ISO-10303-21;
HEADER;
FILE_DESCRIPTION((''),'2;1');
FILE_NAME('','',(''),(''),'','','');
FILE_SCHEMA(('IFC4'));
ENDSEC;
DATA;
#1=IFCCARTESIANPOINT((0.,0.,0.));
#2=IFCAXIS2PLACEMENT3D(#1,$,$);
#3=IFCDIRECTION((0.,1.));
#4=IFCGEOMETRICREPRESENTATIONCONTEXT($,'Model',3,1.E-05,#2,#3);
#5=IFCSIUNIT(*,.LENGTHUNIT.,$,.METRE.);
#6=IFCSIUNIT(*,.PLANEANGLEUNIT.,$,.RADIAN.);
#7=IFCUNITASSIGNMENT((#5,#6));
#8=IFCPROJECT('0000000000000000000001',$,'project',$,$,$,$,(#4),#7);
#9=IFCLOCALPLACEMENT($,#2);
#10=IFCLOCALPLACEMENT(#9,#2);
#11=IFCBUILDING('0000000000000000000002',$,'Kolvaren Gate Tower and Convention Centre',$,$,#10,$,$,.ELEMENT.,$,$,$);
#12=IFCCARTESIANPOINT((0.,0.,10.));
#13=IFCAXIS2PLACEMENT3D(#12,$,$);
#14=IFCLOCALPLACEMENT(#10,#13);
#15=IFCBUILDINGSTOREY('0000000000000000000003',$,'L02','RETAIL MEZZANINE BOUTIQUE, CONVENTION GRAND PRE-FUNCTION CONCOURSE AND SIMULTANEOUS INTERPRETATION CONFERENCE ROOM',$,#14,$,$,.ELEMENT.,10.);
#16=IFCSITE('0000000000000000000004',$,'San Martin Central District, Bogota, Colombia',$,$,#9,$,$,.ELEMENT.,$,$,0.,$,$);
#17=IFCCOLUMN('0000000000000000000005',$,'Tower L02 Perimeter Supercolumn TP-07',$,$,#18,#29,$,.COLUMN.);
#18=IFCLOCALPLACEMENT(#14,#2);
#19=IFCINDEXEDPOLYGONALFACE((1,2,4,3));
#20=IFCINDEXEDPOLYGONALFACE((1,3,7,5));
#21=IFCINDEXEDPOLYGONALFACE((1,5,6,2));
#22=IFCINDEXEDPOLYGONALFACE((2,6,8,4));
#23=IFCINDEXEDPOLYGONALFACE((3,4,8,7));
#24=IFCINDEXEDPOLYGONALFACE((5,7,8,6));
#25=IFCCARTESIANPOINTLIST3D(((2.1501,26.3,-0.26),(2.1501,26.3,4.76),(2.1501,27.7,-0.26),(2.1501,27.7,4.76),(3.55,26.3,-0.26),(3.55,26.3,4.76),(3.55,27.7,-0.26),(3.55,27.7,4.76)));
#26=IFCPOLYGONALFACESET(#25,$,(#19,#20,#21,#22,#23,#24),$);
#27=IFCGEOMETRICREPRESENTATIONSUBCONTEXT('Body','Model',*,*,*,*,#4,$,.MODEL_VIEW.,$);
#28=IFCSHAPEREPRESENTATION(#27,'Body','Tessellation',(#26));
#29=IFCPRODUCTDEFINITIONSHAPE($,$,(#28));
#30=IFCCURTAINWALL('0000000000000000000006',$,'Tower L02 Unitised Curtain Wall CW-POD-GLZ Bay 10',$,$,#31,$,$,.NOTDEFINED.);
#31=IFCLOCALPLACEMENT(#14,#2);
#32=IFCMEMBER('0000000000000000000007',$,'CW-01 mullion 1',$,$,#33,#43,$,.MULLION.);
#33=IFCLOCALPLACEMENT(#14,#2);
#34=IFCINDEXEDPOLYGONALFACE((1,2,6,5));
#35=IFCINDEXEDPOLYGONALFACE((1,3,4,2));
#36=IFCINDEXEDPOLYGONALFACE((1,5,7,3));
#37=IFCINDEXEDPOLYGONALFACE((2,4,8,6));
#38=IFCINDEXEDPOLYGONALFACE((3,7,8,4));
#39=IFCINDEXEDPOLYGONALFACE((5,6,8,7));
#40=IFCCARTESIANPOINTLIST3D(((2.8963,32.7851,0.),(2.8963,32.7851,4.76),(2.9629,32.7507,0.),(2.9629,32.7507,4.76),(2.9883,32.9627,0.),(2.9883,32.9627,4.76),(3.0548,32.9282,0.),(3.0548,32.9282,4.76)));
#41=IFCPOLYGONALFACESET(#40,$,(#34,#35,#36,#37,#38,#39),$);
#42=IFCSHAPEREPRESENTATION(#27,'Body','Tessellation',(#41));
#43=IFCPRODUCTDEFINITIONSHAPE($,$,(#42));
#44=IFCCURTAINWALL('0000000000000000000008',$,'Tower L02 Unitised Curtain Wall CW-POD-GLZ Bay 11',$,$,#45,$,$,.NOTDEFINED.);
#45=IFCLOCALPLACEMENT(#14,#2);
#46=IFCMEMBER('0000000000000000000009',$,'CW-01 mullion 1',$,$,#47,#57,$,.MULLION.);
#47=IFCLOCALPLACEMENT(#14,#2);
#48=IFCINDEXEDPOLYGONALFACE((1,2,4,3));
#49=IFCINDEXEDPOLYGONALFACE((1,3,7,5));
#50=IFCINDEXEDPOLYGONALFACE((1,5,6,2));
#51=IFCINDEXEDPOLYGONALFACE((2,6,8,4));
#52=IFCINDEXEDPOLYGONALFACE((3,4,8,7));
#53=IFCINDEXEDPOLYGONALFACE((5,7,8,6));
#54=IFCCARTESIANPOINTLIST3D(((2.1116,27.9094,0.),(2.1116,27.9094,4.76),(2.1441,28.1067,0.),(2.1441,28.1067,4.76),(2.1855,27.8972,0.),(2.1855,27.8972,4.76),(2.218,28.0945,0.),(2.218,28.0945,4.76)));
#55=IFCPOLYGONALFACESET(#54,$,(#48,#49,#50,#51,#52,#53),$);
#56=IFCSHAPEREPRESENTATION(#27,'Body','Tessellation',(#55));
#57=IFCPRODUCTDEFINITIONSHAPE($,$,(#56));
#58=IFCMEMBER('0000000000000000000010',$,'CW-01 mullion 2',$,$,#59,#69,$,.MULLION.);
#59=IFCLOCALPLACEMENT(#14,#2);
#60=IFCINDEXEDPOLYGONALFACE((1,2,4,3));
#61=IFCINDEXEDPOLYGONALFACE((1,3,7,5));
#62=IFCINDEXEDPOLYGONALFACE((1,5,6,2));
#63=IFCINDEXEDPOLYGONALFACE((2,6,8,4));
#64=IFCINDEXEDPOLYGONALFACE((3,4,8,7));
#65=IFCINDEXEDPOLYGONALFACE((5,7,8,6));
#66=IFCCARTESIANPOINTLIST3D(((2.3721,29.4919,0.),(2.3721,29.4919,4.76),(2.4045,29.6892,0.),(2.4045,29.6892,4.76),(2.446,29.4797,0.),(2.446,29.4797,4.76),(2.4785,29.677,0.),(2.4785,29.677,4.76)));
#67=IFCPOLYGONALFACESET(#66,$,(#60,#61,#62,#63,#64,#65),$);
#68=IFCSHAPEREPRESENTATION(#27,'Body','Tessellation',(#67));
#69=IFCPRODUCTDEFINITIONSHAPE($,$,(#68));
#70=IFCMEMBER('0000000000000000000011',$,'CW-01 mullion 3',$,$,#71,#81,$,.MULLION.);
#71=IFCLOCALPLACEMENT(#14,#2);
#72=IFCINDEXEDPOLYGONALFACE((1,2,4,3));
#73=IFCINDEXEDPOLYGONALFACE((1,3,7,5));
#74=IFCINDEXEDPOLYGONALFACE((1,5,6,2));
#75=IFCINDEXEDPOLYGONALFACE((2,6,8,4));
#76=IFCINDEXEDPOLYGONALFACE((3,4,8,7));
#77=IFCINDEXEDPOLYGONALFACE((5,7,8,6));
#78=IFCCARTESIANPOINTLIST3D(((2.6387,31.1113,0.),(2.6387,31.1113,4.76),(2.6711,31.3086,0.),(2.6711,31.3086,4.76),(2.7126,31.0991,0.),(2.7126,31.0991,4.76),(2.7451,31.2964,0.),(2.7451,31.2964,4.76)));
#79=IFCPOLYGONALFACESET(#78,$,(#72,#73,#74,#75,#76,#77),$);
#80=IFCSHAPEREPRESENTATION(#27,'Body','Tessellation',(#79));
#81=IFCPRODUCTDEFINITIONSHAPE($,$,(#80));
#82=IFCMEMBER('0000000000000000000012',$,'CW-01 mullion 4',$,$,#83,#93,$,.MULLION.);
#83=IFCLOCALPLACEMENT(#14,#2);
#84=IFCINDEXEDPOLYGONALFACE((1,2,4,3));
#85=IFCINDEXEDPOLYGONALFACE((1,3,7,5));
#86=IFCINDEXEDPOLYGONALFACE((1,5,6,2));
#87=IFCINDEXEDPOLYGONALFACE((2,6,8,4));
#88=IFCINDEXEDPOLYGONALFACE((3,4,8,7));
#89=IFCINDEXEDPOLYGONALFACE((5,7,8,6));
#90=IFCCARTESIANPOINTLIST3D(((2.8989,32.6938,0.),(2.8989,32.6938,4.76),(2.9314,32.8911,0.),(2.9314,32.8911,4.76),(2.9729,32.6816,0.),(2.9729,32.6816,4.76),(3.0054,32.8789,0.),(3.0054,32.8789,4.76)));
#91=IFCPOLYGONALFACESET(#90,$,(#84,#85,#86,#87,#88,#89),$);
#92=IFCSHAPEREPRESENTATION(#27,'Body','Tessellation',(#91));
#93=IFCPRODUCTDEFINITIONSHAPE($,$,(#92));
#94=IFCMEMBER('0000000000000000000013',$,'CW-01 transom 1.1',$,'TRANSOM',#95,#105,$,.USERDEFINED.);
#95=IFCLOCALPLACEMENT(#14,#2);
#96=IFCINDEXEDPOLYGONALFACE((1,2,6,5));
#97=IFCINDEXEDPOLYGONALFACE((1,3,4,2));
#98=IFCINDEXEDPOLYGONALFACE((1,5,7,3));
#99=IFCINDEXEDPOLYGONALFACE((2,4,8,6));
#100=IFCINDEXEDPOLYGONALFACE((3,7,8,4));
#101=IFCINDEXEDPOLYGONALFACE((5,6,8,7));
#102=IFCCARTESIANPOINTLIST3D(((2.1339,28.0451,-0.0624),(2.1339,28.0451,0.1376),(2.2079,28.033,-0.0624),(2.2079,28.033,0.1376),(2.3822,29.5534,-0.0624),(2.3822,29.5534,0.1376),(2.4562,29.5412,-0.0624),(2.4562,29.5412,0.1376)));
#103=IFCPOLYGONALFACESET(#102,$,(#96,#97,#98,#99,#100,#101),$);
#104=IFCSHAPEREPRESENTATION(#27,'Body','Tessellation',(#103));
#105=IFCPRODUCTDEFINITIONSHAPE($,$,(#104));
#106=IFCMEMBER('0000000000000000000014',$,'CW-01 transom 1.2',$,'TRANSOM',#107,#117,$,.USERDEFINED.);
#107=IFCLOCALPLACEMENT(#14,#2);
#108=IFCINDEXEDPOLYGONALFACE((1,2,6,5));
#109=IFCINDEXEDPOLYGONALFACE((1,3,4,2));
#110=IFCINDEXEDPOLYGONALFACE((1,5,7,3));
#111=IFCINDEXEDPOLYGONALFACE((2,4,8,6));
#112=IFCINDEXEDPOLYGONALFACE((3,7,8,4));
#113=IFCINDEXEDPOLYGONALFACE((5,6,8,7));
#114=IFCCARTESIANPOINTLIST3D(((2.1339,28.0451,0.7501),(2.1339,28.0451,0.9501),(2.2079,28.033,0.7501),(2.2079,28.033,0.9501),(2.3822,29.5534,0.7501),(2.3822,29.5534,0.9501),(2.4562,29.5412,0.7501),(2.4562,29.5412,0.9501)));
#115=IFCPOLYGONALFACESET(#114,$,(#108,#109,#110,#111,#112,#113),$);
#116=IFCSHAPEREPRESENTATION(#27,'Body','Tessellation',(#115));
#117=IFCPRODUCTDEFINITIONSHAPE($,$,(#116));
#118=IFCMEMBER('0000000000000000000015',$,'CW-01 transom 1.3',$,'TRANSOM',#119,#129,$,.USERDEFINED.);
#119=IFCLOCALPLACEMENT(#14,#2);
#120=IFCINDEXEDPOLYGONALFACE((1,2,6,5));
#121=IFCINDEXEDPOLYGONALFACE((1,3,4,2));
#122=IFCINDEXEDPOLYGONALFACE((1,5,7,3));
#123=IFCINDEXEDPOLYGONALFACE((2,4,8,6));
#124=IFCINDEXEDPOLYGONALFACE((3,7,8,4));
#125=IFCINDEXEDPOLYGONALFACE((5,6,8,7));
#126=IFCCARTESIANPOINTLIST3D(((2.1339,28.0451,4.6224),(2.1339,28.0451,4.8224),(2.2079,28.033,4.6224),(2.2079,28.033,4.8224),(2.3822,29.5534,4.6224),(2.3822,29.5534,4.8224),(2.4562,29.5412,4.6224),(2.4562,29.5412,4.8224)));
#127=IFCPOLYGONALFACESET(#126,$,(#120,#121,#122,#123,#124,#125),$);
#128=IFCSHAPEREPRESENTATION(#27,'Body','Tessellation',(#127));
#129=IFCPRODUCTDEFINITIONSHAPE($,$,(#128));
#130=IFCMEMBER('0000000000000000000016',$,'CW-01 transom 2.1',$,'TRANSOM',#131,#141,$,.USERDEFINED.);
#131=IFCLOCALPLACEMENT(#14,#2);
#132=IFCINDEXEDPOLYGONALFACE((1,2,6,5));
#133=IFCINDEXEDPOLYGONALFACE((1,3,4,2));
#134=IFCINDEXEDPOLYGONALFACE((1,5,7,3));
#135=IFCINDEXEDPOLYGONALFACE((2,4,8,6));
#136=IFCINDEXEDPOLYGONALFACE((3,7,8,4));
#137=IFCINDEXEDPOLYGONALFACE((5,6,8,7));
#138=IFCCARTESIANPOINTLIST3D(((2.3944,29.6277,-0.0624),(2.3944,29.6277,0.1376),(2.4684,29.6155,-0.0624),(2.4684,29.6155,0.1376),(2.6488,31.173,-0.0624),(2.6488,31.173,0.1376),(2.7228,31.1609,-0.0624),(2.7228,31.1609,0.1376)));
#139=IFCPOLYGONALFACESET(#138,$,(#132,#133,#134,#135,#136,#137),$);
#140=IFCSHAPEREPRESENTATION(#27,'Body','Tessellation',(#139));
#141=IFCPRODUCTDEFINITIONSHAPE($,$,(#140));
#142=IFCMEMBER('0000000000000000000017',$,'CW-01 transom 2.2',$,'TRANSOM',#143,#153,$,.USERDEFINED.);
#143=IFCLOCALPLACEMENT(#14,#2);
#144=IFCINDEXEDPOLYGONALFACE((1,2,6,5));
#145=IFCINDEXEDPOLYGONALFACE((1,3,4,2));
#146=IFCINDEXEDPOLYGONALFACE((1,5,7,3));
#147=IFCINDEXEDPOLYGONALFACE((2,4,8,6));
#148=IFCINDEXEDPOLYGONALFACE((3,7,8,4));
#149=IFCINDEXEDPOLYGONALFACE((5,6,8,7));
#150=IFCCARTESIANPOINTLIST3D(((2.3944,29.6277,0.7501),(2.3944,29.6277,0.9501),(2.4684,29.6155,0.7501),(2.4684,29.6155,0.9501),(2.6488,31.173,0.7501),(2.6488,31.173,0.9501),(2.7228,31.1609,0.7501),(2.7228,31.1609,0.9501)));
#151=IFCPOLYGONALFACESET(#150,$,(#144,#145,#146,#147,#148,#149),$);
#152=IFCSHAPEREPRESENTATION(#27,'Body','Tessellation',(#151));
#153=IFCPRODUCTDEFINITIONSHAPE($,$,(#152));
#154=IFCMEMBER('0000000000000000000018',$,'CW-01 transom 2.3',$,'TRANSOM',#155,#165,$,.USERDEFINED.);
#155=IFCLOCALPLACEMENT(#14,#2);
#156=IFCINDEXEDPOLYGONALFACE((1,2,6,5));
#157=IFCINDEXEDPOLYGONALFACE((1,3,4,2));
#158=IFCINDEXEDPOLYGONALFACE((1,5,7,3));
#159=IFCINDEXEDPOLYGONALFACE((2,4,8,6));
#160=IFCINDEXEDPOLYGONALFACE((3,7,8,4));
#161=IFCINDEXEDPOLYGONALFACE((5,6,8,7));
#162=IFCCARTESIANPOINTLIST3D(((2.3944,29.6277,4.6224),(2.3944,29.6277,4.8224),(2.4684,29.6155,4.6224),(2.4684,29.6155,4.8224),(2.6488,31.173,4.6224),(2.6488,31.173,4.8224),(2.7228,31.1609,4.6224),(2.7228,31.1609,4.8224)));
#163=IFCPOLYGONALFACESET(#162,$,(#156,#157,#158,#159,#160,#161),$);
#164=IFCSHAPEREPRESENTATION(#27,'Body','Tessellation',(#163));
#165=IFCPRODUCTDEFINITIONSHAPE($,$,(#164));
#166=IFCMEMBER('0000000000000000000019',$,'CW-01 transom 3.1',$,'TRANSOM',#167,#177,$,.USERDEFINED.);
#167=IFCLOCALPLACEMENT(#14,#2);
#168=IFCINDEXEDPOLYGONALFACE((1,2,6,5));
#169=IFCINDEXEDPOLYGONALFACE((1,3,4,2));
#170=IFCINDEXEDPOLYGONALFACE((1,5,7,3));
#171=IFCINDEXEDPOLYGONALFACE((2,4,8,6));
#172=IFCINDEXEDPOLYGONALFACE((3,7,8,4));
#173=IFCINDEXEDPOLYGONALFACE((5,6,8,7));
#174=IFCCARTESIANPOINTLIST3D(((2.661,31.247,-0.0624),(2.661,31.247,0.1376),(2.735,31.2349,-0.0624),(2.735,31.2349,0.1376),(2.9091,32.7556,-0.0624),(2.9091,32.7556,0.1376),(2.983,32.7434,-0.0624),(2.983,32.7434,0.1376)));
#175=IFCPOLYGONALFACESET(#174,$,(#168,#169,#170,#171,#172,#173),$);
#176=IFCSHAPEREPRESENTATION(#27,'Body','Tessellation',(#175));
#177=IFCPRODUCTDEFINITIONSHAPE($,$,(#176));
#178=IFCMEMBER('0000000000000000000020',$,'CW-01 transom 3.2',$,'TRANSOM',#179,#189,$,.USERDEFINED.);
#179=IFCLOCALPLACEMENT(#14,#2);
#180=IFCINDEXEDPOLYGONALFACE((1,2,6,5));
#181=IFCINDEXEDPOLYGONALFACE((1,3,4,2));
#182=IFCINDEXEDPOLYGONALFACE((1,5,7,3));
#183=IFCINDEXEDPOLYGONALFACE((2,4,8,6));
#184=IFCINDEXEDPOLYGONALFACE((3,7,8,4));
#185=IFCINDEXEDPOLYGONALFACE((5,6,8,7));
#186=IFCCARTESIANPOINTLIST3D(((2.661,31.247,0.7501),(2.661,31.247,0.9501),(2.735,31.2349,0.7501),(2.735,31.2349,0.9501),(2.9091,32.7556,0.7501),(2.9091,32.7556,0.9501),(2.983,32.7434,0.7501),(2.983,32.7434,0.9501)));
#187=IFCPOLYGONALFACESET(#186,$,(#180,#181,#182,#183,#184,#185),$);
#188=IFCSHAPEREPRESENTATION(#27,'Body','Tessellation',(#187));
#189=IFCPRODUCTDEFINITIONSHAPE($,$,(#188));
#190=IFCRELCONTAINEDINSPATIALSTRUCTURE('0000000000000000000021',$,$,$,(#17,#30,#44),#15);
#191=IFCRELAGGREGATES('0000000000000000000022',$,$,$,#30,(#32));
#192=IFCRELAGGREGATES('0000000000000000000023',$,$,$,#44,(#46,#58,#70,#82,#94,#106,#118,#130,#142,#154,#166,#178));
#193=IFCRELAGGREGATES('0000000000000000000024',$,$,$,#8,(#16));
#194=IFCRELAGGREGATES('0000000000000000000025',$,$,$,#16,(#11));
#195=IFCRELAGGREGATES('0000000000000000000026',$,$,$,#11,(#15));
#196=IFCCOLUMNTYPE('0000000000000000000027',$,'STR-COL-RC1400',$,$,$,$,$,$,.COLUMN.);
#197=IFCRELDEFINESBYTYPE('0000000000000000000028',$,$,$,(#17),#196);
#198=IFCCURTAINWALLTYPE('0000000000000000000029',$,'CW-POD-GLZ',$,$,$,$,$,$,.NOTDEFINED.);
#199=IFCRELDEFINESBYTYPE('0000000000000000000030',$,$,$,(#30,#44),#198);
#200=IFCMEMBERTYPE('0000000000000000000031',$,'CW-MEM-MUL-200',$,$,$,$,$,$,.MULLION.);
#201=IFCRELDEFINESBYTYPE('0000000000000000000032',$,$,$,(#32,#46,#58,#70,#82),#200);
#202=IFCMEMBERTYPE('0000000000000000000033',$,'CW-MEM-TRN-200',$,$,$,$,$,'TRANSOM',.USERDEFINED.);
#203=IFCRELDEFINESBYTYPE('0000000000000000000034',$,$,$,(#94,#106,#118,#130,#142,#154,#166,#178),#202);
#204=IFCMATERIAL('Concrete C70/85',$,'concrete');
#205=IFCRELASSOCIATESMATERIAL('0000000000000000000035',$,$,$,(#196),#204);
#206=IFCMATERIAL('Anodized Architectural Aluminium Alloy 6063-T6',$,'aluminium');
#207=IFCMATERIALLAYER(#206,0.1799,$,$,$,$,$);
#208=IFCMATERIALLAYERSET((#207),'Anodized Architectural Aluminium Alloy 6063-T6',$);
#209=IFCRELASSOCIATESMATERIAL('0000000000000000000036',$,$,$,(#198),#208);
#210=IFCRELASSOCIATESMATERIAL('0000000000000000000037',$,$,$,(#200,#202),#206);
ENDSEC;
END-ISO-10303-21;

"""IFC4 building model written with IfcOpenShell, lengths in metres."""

from ifc_helpers import new_model, si_unit, direction, frame, origin, origin_2d, place, context, subcontext, project, spatial, rectangle, extrude, material, layer, layer_set, material_profile, profile_set, type_object, element, aggregate, save


model = new_model("IFC4")

# Units and contexts
model_context = context("Model", 3, precision=1e-05, world=origin(), true_north=direction((0.0, 1.0)))
body_context = subcontext(model_context, "Body", "Model", "MODEL_VIEW")
ifc_project = project(units=[si_unit("LENGTHUNIT", "METRE"), si_unit("PLANEANGLEUNIT", "RADIAN")], contexts=[model_context])

# Site, building, storey
site_placement = place(None, origin())
site = spatial("IfcSite", under=ifc_project, at=site_placement, Name="San Martin Central District, Bogota, Colombia", CompositionType="ELEMENT", RefElevation=0.0)
building_placement = place(site_placement, origin())
building = spatial("IfcBuilding", under=site, at=building_placement, Name="Kolvaren Gate Tower and Convention Centre", CompositionType="ELEMENT")
storey_placement = place(building_placement, frame((0.0, 0.0, 10.0)))
storey = spatial("IfcBuildingStorey", under=building, at=storey_placement, Name="L02", Description="RETAIL MEZZANINE BOUTIQUE, CONVENTION GRAND PRE-FUNCTION CONCOURSE AND SIMULTANEOUS INTERPRETATION CONFERENCE ROOM", CompositionType="ELEMENT", Elevation=10.0)

# Column
ifc_material_1 = material(Name="Concrete C70/85", Category="concrete")
ifc_material_profile_1 = material_profile(ifc_material_1, rectangle(XDim=1.3999, YDim=1.3999, at=origin_2d()), Name="RC-COL-1400X1400")
ifc_profile_set_1 = profile_set([ifc_material_profile_1], Name="Concrete C70/85")
column_type = type_object("IfcColumnType", Name="STR-COL-RC1400", PredefinedType="COLUMN", material=ifc_profile_set_1)
column_placement = place(storey_placement, frame((2.8501, 27.0, -0.26), z_axis=(0.0, 0.0, 1.0), x_axis=(1.0, 0.0, 0.0)))
element("IfcColumn", 1, at=column_placement, inside=storey, type_object=column_type, Name="Tower L02 Perimeter Supercolumn TP-07", PredefinedType="COLUMN", context=body_context, shape_type="SweptSolid", body=[
    extrude(rectangle(XDim=1.3999, YDim=1.3999, at=origin_2d()), origin(), (0.0, 0.0, 1.0), 5.02),
])

# Curtain wall, member
ifc_material_2 = material(Name="Anodized Architectural Aluminium Alloy 6063-T6", Category="aluminium")
ifc_layer_1 = layer(ifc_material_2, 0.1799)
ifc_layer_set_1 = layer_set([ifc_layer_1], Name="Anodized Architectural Aluminium Alloy 6063-T6")
curtain_wall_type = type_object("IfcCurtainWallType", Name="CW-POD-GLZ", PredefinedType="NOTDEFINED", material=ifc_layer_set_1)
curtain_wall_1_placement = place(storey_placement, origin())
curtain_wall_1 = element("IfcCurtainWall", 2, at=curtain_wall_1_placement, inside=storey, type_object=curtain_wall_type, Name="Tower L02 Unitised Curtain Wall CW-POD-GLZ Bay 10", PredefinedType="NOTDEFINED")
ifc_material_profile_2 = material_profile(ifc_material_2, rectangle(XDim=0.075, YDim=0.2, at=origin_2d()), Name="CW-MEM-MUL-200")
ifc_profile_set_2 = profile_set([ifc_material_profile_2], Name="Anodized Architectural Aluminium Alloy 6063-T6")
member_type_1 = type_object("IfcMemberType", Name="CW-MEM-MUL-200", PredefinedType="MULLION", material=ifc_profile_set_2)
member_1_placement = place(storey_placement, frame((2.9756, 32.8567, 0.0), z_axis=(0.0, 0.0, 1.0), x_axis=(-0.888028, 0.459789, 0.0)))
member_1 = element("IfcMember", 3, at=member_1_placement, type_object=member_type_1, Name="CW-01 mullion 1", PredefinedType="MULLION", context=body_context, shape_type="SweptSolid", body=[
    extrude(rectangle(XDim=0.075, YDim=0.2, at=origin_2d()), origin(), (0.0, 0.0, 1.0), 4.76),
])
aggregate(curtain_wall_1, [member_1])

# Curtain wall, members
curtain_wall_2_placement = place(storey_placement, origin())
curtain_wall_2 = element("IfcCurtainWall", 4, at=curtain_wall_2_placement, inside=storey, type_object=curtain_wall_type, Name="Tower L02 Unitised Curtain Wall CW-POD-GLZ Bay 11", PredefinedType="NOTDEFINED")
member_2_placement = place(storey_placement, frame((2.1648, 28.002, 0.0), z_axis=(0.0, 0.0, 1.0), x_axis=(-0.986729, 0.162376, 0.0)))
member_2 = element("IfcMember", 5, at=member_2_placement, type_object=member_type_1, Name="CW-01 mullion 1", PredefinedType="MULLION", context=body_context, shape_type="SweptSolid", body=[
    extrude(rectangle(XDim=0.075, YDim=0.2, at=origin_2d()), origin(), (0.0, 0.0, 1.0), 4.76),
])
member_3_placement = place(storey_placement, frame((2.4253, 29.5845, 0.0), z_axis=(0.0, 0.0, 1.0), x_axis=(-0.986729, 0.162376, 0.0)))
member_3 = element("IfcMember", 6, at=member_3_placement, type_object=member_type_1, Name="CW-01 mullion 2", PredefinedType="MULLION", context=body_context, shape_type="SweptSolid", body=[
    extrude(rectangle(XDim=0.075, YDim=0.2, at=origin_2d()), origin(), (0.0, 0.0, 1.0), 4.76),
])
member_4_placement = place(storey_placement, frame((2.6919, 31.2039, 0.0), z_axis=(0.0, 0.0, 1.0), x_axis=(-0.986729, 0.162376, 0.0)))
member_4 = element("IfcMember", 7, at=member_4_placement, type_object=member_type_1, Name="CW-01 mullion 3", PredefinedType="MULLION", context=body_context, shape_type="SweptSolid", body=[
    extrude(rectangle(XDim=0.075, YDim=0.2, at=origin_2d()), origin(), (0.0, 0.0, 1.0), 4.76),
])
member_5_placement = place(storey_placement, frame((2.9521, 32.7864, 0.0), z_axis=(0.0, 0.0, 1.0), x_axis=(-0.986729, 0.162376, 0.0)))
member_5 = element("IfcMember", 8, at=member_5_placement, type_object=member_type_1, Name="CW-01 mullion 4", PredefinedType="MULLION", context=body_context, shape_type="SweptSolid", body=[
    extrude(rectangle(XDim=0.075, YDim=0.2, at=origin_2d()), origin(), (0.0, 0.0, 1.0), 4.76),
])
ifc_material_profile_3 = material_profile(ifc_material_2, rectangle(XDim=0.075, YDim=0.2, at=origin_2d()), Name="CW-MEM-TRN-200")
ifc_profile_set_3 = profile_set([ifc_material_profile_3], Name="Anodized Architectural Aluminium Alloy 6063-T6")
member_type_2 = type_object("IfcMemberType", Name="CW-MEM-TRN-200", ElementType="TRANSOM", PredefinedType="USERDEFINED", material=ifc_profile_set_3)
member_6_placement = place(storey_placement, frame((2.1709, 28.0391, 0.0376), z_axis=(0.16243, 0.98672, 0.0), x_axis=(-0.98672, 0.16243, 0.0)))
member_6 = element("IfcMember", 9, at=member_6_placement, type_object=member_type_2, Name="CW-01 transom 1.1", ObjectType="TRANSOM", PredefinedType="USERDEFINED", context=body_context, shape_type="SweptSolid", body=[
    extrude(rectangle(XDim=0.075, YDim=0.2, at=origin_2d()), origin(), (0.0, 0.0, 1.0), 1.5286),
])
member_7_placement = place(storey_placement, frame((2.1709, 28.0391, 0.8501), z_axis=(0.16243, 0.98672, 0.0), x_axis=(-0.98672, 0.16243, 0.0)))
member_7 = element("IfcMember", 10, at=member_7_placement, type_object=member_type_2, Name="CW-01 transom 1.2", ObjectType="TRANSOM", PredefinedType="USERDEFINED", context=body_context, shape_type="SweptSolid", body=[
    extrude(rectangle(XDim=0.075, YDim=0.2, at=origin_2d()), origin(), (0.0, 0.0, 1.0), 1.5286),
])
member_8_placement = place(storey_placement, frame((2.1709, 28.0391, 4.7224), z_axis=(0.16243, 0.98672, 0.0), x_axis=(-0.98672, 0.16243, 0.0)))
member_8 = element("IfcMember", 11, at=member_8_placement, type_object=member_type_2, Name="CW-01 transom 1.3", ObjectType="TRANSOM", PredefinedType="USERDEFINED", context=body_context, shape_type="SweptSolid", body=[
    extrude(rectangle(XDim=0.075, YDim=0.2, at=origin_2d()), origin(), (0.0, 0.0, 1.0), 1.5286),
])
member_9_placement = place(storey_placement, frame((2.4314, 29.6216, 0.0376), z_axis=(0.162427, 0.986721, 0.0), x_axis=(-0.986721, 0.162427, 0.0)))
member_9 = element("IfcMember", 12, at=member_9_placement, type_object=member_type_2, Name="CW-01 transom 2.1", ObjectType="TRANSOM", PredefinedType="USERDEFINED", context=body_context, shape_type="SweptSolid", body=[
    extrude(rectangle(XDim=0.075, YDim=0.2, at=origin_2d()), origin(), (0.0, 0.0, 1.0), 1.5662),
])
member_10_placement = place(storey_placement, frame((2.4314, 29.6216, 0.8501), z_axis=(0.162427, 0.986721, 0.0), x_axis=(-0.986721, 0.162427, 0.0)))
member_10 = element("IfcMember", 13, at=member_10_placement, type_object=member_type_2, Name="CW-01 transom 2.2", ObjectType="TRANSOM", PredefinedType="USERDEFINED", context=body_context, shape_type="SweptSolid", body=[
    extrude(rectangle(XDim=0.075, YDim=0.2, at=origin_2d()), origin(), (0.0, 0.0, 1.0), 1.5662),
])
member_11_placement = place(storey_placement, frame((2.4314, 29.6216, 4.7224), z_axis=(0.162427, 0.986721, 0.0), x_axis=(-0.986721, 0.162427, 0.0)))
member_11 = element("IfcMember", 14, at=member_11_placement, type_object=member_type_2, Name="CW-01 transom 2.3", ObjectType="TRANSOM", PredefinedType="USERDEFINED", context=body_context, shape_type="SweptSolid", body=[
    extrude(rectangle(XDim=0.075, YDim=0.2, at=origin_2d()), origin(), (0.0, 0.0, 1.0), 1.5662),
])
member_12_placement = place(storey_placement, frame((2.698, 31.241, 0.0376), z_axis=(0.162249, 0.98675, 0.0), x_axis=(-0.98675, 0.162249, 0.0)))
member_12 = element("IfcMember", 15, at=member_12_placement, type_object=member_type_2, Name="CW-01 transom 3.1", ObjectType="TRANSOM", PredefinedType="USERDEFINED", context=body_context, shape_type="SweptSolid", body=[
    extrude(rectangle(XDim=0.075, YDim=0.2, at=origin_2d()), origin(), (0.0, 0.0, 1.0), 1.5288),
])
member_13_placement = place(storey_placement, frame((2.698, 31.241, 0.8501), z_axis=(0.162249, 0.98675, 0.0), x_axis=(-0.98675, 0.162249, 0.0)))
member_13 = element("IfcMember", 16, at=member_13_placement, type_object=member_type_2, Name="CW-01 transom 3.2", ObjectType="TRANSOM", PredefinedType="USERDEFINED", context=body_context, shape_type="SweptSolid", body=[
    extrude(rectangle(XDim=0.075, YDim=0.2, at=origin_2d()), origin(), (0.0, 0.0, 1.0), 1.5288),
])

aggregate(curtain_wall_2, [member_2, member_3, member_4, member_5, member_6, member_7, member_8, member_9, member_10, member_11, member_12, member_13])

save(model, "model.ifc")
